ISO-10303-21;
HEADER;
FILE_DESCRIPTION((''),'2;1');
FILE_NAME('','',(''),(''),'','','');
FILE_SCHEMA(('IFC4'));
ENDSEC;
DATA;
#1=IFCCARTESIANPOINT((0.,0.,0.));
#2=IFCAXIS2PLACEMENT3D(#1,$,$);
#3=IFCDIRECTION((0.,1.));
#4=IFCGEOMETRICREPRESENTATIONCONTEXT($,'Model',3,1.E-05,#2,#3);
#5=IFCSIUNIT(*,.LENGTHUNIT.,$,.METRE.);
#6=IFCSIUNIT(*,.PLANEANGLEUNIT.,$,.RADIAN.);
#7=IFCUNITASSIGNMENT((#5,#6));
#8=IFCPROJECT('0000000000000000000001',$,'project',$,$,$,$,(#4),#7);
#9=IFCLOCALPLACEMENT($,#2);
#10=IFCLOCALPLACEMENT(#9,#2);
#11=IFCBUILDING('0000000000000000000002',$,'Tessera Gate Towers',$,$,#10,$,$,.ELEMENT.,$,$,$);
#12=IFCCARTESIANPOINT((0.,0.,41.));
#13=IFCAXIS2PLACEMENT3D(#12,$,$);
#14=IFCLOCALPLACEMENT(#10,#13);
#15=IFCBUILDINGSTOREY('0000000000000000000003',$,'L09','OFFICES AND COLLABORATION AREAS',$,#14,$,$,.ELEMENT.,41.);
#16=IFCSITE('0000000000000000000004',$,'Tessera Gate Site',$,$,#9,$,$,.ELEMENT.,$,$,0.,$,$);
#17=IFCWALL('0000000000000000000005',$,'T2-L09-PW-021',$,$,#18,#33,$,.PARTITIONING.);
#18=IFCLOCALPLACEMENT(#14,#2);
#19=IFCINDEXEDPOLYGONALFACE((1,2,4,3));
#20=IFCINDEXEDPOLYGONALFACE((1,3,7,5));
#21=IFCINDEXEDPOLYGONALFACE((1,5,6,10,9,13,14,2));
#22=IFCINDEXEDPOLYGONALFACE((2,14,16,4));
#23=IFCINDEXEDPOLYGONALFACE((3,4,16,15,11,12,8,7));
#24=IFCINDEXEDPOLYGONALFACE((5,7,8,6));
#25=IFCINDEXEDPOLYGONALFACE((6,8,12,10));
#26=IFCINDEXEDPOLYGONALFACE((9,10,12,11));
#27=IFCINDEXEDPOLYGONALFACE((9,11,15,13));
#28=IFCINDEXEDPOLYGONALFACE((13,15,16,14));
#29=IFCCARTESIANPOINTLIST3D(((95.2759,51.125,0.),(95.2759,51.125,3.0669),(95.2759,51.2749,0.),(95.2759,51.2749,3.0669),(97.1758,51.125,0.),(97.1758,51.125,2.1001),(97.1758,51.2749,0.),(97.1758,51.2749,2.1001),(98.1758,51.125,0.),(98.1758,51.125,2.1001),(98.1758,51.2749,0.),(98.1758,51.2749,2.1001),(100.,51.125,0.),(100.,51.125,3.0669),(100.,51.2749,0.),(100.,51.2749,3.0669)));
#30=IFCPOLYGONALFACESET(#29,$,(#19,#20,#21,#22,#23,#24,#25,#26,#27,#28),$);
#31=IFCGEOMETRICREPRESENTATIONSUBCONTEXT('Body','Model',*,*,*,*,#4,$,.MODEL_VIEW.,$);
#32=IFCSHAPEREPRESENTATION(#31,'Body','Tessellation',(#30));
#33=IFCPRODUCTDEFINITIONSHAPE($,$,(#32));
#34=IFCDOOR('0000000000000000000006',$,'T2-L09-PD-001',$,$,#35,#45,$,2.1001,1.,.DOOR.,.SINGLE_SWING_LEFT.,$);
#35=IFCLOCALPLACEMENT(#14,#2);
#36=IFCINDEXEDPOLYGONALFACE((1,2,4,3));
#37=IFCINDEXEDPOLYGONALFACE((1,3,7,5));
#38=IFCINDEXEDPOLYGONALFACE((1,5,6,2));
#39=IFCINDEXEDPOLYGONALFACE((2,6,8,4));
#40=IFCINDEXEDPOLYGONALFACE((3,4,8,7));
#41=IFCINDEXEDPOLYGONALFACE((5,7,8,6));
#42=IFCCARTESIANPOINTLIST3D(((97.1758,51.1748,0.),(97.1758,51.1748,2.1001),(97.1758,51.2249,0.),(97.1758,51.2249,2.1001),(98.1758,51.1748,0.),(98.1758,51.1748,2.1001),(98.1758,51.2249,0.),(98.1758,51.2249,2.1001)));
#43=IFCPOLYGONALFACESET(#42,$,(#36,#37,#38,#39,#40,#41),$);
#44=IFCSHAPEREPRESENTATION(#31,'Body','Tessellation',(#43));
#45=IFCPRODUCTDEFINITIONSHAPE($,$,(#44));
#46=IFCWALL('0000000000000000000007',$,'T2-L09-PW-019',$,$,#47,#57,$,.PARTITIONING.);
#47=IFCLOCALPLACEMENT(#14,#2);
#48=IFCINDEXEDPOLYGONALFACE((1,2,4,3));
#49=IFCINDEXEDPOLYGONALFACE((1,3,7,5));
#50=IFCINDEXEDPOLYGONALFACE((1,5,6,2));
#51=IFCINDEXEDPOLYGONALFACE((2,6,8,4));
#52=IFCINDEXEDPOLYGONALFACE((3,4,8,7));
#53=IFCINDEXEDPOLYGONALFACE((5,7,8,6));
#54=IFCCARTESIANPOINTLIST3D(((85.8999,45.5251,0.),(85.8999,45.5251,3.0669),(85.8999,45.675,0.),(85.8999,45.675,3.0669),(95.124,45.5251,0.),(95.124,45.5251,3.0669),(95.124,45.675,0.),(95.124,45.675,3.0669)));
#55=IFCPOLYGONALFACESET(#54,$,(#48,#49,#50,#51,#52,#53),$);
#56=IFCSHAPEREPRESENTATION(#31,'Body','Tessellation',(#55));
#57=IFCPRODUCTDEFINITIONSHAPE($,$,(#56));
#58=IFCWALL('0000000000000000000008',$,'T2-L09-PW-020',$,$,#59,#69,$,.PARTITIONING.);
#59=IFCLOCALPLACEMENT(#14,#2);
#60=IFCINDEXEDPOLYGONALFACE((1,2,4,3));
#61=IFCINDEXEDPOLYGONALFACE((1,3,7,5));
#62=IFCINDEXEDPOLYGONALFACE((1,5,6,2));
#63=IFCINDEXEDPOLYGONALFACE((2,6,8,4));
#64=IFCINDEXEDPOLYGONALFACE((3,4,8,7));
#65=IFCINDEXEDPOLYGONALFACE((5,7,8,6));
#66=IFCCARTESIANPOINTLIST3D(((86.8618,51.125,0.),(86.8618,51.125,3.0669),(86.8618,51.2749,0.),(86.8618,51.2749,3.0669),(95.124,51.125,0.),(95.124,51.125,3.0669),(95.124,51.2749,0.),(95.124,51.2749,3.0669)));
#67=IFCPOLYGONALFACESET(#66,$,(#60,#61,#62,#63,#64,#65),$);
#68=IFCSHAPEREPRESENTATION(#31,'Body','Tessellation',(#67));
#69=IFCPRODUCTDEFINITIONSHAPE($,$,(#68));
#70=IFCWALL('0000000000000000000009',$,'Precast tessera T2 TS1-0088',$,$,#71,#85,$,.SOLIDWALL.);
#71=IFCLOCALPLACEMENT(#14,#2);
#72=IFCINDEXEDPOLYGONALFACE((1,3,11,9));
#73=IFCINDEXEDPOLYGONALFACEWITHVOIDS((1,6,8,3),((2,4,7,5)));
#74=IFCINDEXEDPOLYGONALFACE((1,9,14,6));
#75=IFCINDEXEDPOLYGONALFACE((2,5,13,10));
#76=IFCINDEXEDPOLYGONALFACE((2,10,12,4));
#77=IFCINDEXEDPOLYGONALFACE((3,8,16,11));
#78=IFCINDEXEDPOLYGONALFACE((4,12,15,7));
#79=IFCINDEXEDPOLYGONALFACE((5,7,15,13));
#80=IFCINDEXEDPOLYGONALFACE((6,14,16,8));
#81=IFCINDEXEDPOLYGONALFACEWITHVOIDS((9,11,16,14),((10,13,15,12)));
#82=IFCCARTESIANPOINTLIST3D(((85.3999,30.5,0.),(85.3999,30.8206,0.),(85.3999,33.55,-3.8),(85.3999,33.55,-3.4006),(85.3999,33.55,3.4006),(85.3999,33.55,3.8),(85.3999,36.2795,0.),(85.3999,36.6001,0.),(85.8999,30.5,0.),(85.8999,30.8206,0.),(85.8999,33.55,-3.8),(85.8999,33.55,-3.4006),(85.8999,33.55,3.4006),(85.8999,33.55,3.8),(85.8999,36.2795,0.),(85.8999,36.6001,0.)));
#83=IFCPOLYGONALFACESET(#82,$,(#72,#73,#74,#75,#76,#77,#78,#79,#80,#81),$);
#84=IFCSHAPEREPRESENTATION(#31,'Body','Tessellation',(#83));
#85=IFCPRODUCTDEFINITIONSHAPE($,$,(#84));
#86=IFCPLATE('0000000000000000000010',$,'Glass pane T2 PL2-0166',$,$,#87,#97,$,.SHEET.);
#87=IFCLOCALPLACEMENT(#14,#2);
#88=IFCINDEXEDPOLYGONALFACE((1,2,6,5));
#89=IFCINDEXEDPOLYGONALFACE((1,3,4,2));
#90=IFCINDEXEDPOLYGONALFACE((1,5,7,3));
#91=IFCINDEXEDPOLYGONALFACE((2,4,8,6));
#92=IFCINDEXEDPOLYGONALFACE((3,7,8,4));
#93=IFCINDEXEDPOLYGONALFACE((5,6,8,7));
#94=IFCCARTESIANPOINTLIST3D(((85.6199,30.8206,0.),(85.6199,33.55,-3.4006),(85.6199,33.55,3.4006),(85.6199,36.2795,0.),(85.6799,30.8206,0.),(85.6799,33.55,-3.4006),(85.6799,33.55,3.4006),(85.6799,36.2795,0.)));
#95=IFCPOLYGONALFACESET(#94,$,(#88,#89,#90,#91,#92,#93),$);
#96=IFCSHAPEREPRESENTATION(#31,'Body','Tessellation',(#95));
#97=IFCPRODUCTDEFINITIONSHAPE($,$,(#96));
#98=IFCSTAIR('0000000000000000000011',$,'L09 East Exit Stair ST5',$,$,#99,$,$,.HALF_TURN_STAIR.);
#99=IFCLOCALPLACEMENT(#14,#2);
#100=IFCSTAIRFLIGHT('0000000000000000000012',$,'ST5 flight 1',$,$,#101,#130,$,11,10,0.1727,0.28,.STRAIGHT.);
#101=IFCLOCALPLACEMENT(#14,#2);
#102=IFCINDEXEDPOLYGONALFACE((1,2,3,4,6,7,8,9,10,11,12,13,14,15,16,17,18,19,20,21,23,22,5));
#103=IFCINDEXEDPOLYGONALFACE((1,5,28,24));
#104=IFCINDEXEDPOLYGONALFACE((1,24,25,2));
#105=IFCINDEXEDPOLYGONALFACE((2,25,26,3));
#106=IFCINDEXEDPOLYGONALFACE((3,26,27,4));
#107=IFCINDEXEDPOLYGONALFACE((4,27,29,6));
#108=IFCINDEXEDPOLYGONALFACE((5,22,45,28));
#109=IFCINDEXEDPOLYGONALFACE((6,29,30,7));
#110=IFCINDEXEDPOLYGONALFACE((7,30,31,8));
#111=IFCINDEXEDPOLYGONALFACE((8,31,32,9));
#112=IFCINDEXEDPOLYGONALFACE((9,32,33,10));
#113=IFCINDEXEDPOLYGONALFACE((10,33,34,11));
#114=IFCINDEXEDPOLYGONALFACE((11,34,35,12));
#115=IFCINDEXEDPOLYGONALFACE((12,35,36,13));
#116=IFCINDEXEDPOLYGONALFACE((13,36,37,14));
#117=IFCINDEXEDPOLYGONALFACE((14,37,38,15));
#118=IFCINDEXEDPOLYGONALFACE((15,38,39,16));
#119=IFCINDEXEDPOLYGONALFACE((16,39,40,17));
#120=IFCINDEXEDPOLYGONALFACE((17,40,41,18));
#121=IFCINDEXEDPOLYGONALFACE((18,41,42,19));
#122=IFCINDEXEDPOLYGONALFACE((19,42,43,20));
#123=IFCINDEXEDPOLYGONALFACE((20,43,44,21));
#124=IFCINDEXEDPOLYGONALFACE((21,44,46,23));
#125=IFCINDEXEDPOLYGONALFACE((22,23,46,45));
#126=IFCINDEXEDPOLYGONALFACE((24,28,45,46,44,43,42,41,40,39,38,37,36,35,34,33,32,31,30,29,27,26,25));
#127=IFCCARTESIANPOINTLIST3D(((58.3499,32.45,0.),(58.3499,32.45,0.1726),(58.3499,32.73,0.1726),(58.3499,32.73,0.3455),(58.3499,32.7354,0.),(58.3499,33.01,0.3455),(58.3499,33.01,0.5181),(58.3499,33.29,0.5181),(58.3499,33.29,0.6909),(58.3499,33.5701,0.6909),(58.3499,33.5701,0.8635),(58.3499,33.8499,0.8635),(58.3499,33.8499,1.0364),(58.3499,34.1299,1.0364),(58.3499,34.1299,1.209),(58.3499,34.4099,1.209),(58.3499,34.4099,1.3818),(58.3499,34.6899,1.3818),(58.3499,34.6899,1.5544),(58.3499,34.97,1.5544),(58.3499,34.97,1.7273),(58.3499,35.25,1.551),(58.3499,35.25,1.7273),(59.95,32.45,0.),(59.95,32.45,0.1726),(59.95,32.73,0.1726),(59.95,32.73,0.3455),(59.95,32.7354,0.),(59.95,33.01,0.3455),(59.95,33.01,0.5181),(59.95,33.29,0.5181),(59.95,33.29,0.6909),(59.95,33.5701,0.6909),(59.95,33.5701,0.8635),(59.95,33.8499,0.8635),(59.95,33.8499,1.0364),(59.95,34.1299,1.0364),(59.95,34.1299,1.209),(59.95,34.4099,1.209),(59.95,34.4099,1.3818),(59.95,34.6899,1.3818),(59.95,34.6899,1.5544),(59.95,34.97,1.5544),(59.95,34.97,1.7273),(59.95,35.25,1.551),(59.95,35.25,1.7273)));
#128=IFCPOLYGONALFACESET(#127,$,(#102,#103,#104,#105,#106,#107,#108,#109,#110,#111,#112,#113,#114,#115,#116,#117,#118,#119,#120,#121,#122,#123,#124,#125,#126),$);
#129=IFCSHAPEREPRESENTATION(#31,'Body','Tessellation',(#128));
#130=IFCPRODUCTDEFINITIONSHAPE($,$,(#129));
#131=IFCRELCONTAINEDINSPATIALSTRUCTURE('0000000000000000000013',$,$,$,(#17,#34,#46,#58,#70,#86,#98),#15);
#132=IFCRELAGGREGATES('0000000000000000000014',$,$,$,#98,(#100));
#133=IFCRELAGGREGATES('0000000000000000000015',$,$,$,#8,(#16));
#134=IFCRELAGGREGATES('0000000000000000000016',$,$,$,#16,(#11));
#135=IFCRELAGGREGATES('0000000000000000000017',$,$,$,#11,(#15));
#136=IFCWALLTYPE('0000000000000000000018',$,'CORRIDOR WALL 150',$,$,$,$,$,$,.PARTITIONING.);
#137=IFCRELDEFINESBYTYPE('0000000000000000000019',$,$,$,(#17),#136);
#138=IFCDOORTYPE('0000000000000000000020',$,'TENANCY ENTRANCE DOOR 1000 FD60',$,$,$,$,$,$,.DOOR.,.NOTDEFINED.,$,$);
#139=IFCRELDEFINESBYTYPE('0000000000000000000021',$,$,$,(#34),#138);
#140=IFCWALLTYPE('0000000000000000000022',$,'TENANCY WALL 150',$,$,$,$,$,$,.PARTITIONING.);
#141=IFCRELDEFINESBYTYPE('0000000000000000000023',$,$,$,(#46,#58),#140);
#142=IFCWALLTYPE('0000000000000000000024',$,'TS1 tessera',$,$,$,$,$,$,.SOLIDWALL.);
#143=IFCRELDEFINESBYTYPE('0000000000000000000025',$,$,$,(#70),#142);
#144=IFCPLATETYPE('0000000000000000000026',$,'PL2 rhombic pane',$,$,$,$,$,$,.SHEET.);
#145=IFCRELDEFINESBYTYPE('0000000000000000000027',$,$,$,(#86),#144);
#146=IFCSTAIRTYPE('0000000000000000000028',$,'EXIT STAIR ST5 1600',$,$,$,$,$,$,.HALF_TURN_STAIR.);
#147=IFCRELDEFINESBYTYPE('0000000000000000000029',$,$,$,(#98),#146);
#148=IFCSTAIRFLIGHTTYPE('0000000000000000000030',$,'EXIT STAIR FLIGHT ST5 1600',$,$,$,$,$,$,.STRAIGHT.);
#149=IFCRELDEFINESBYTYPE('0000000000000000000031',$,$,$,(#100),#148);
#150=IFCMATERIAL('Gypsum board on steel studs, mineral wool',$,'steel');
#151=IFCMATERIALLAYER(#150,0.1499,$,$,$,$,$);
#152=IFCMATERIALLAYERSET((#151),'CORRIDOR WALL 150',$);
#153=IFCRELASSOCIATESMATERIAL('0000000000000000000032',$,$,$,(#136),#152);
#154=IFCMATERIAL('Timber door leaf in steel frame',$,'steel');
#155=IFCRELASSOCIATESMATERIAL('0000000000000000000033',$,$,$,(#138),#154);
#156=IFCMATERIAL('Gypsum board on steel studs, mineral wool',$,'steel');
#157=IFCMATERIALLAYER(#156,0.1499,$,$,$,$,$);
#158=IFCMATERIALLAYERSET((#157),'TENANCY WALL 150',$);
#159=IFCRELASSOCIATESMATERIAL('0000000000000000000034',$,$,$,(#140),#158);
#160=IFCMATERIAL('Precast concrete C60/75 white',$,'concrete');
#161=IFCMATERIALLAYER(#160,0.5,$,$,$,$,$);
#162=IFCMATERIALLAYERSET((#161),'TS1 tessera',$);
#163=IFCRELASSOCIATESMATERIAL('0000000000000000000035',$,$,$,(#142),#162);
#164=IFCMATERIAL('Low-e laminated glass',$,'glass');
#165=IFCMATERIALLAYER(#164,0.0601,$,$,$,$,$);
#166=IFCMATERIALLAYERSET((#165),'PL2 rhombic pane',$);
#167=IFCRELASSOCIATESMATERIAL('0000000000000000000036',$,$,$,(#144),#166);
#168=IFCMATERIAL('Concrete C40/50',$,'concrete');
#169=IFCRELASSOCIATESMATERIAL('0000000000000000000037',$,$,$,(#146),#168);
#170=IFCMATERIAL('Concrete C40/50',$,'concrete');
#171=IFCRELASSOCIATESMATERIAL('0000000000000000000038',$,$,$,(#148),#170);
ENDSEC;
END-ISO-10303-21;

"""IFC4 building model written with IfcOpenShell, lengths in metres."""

from ifc_helpers import new_model, si_unit, direction, frame, frame_2d, origin, place, context, subcontext, project, spatial, polyline, rectangle, outline, extrude, source, transform, mapped, material, layer, layer_set, type_object, element, fill, aggregate, save


model = new_model("IFC4")

# Units and contexts
model_context = context("Model", 3, precision=1e-05, world=origin(), true_north=direction((0.0, 1.0)))
body_context = subcontext(model_context, "Body", "Model", "MODEL_VIEW")
ifc_project = project(units=[si_unit("LENGTHUNIT", "METRE"), si_unit("PLANEANGLEUNIT", "RADIAN")], contexts=[model_context])

# Site, building, storey
site_placement = place(None, origin())
site = spatial("IfcSite", under=ifc_project, at=site_placement, Name="Tessera Gate Site", CompositionType="ELEMENT", RefElevation=0.0)
building_placement = place(site_placement, origin())
building = spatial("IfcBuilding", under=site, at=building_placement, Name="Tessera Gate Towers", CompositionType="ELEMENT")
storey_placement = place(building_placement, frame((0.0, 0.0, 41.0)))
storey = spatial("IfcBuildingStorey", under=building, at=storey_placement, Name="L09", Description="OFFICES AND COLLABORATION AREAS", CompositionType="ELEMENT", Elevation=41.0)

# Shared definitions
ifc_material_1 = material(Name="Gypsum board on steel studs, mineral wool", Category="steel")
ifc_layer_1 = layer(ifc_material_1, 0.1499)
ifc_layer_set_1 = layer_set([ifc_layer_1], Name="CORRIDOR WALL 150")
wall_type_1 = type_object("IfcWallType", Name="CORRIDOR WALL 150", PredefinedType="PARTITIONING", material=ifc_layer_set_1)

# Shared definitions
shared_shape_1 = source(origin(), body_context, "Body", "SweptSolid", [
    extrude(rectangle(XDim=1.0, YDim=2.1001, at=frame_2d((0.5, 1.05))), frame((0.0, 0.085, 0.0), z_axis=(0.0, -1.0, 0.0), x_axis=(1.0, 0.0, 0.0)), (0.0, 0.0, 1.0), 0.1699),
])
ifc_material_2 = material(Name="Timber door leaf in steel frame", Category="steel")
door_type_1 = type_object("IfcDoorType", Name="TENANCY ENTRANCE DOOR 1000 FD60", OperationType="NOTDEFINED", PredefinedType="DOOR", material=ifc_material_2)
shared_shape_2 = source(origin(), body_context, "Body", "SweptSolid", [
    extrude(rectangle(XDim=1.0, YDim=2.1001, at=frame_2d((0.5, 1.05))), frame((0.0, 0.0249, 0.0), z_axis=(0.0, -1.0, 0.0), x_axis=(1.0, 0.0, 0.0)), (0.0, 0.0, 1.0), 0.05),
])

# Wall, opening, door
wall_1_placement = place(storey_placement, frame((95.2759, 51.2, 0.0), z_axis=(0.0, 0.0, 1.0), x_axis=(1.0, 0.0, 0.0)))
wall_1 = element("IfcWall", 1, at=wall_1_placement, inside=storey, type_object=wall_type_1, Name="T2-L09-PW-021", PredefinedType="PARTITIONING", context=body_context, shape_type="SweptSolid", body=[
    extrude(rectangle(XDim=4.7241, YDim=0.1499, at=frame_2d((2.3621, 0.0))), origin(), (0.0, 0.0, 1.0), 3.0669),
])
opening_1_placement = place(wall_1_placement, frame((1.8999, 0.0, 0.0)))
opening_1 = element("IfcOpeningElement", 2, at=opening_1_placement, cuts=wall_1, PredefinedType="OPENING", context=body_context, shape_type="MappedRepresentation", body=[
    mapped(shared_shape_1, transform((0.0, 0.0, 0.0), scale=1.0)),
])
door_1_placement = place(opening_1_placement, origin())
door_1 = element("IfcDoor", 3, at=door_1_placement, inside=storey, type_object=door_type_1, Name="T2-L09-PD-001", OperationType="SINGLE_SWING_LEFT", OverallHeight=2.1001, OverallWidth=1.0, PredefinedType="DOOR", context=body_context, shape_type="MappedRepresentation", body=[
    mapped(shared_shape_2, transform((0.0, 0.0, 0.0), scale=1.0)),
])
fill(opening_1, door_1)

# Walls
ifc_material_3 = material(Name="Gypsum board on steel studs, mineral wool", Category="steel")
ifc_layer_2 = layer(ifc_material_3, 0.1499)
ifc_layer_set_2 = layer_set([ifc_layer_2], Name="TENANCY WALL 150")
wall_type_2 = type_object("IfcWallType", Name="TENANCY WALL 150", PredefinedType="PARTITIONING", material=ifc_layer_set_2)
wall_2_placement = place(storey_placement, frame((85.8999, 45.6001, 0.0), z_axis=(0.0, 0.0, 1.0), x_axis=(1.0, 0.0, 0.0)))
element("IfcWall", 4, at=wall_2_placement, inside=storey, type_object=wall_type_2, Name="T2-L09-PW-019", PredefinedType="PARTITIONING", context=body_context, shape_type="SweptSolid", body=[
    extrude(rectangle(XDim=9.2241, YDim=0.1499, at=frame_2d((4.6121, 0.0))), origin(), (0.0, 0.0, 1.0), 3.0669),
])
wall_3_placement = place(storey_placement, frame((86.8618, 51.2, 0.0), z_axis=(0.0, 0.0, 1.0), x_axis=(1.0, 0.0, 0.0)))
element("IfcWall", 5, at=wall_3_placement, inside=storey, type_object=wall_type_2, Name="T2-L09-PW-020", PredefinedType="PARTITIONING", context=body_context, shape_type="SweptSolid", body=[
    extrude(rectangle(XDim=8.2622, YDim=0.1499, at=frame_2d((4.1311, 0.0))), origin(), (0.0, 0.0, 1.0), 3.0669),
])

# Wall, opening, plate
ifc_material_4 = material(Name="Precast concrete C60/75 white", Category="concrete")
ifc_layer_3 = layer(ifc_material_4, 0.5)
ifc_layer_set_3 = layer_set([ifc_layer_3], Name="TS1 tessera")
wall_type_3 = type_object("IfcWallType", Name="TS1 tessera", PredefinedType="SOLIDWALL", material=ifc_layer_set_3)
shared_shape_3 = source(origin(), body_context, "Body", "SweptSolid", [
    extrude(outline(polyline([(3.05, 0.0), (6.1001, 3.8), (3.05, 7.6001), (0.0, 3.8), (3.05, 0.0)])), frame((0.0, 0.25, 0.0), z_axis=(0.0, -1.0, 0.0), x_axis=(1.0, 0.0, 0.0)), (0.0, 0.0, 1.0), 0.5),
])
wall_4_placement = place(storey_placement, frame((85.6499, 36.6001, -3.8), z_axis=(0.0, 0.0, 1.0), x_axis=(0.0, -1.0, 0.0)))
wall_4 = element("IfcWall", 6, at=wall_4_placement, inside=storey, type_object=wall_type_3, Name="Precast tessera T2 TS1-0088", PredefinedType="SOLIDWALL", context=body_context, shape_type="MappedRepresentation", body=[
    mapped(shared_shape_3, transform((0.0, 0.0, 0.0), scale=1.0)),
])
shared_shape_4 = source(origin(), body_context, "Body", "SweptSolid", [
    extrude(outline(polyline([(3.05, 0.3994), (5.7795, 3.8), (3.05, 7.2007), (0.3206, 3.8), (3.05, 0.3994)])), frame((0.0, 0.26, 0.0), z_axis=(0.0, -1.0, 0.0), x_axis=(1.0, 0.0, 0.0)), (0.0, 0.0, 1.0), 0.52),
])
opening_2_placement = place(wall_4_placement, origin())
opening_2 = element("IfcOpeningElement", 7, at=opening_2_placement, cuts=wall_4, PredefinedType="OPENING", context=body_context, shape_type="MappedRepresentation", body=[
    mapped(shared_shape_4, transform((0.0, 0.0, 0.0), scale=1.0)),
])
ifc_material_5 = material(Name="Low-e laminated glass", Category="glass")
ifc_layer_4 = layer(ifc_material_5, 0.0601)
ifc_layer_set_4 = layer_set([ifc_layer_4], Name="PL2 rhombic pane")
plate_type = type_object("IfcPlateType", Name="PL2 rhombic pane", PredefinedType="SHEET", material=ifc_layer_set_4)
shared_shape_5 = source(origin(), body_context, "Body", "SweptSolid", [
    extrude(outline(polyline([(3.05, 0.3994), (5.7795, 3.8), (3.05, 7.2007), (0.3206, 3.8), (3.05, 0.3994)])), frame((0.0, 0.03, 0.0), z_axis=(0.0, -1.0, 0.0), x_axis=(1.0, 0.0, 0.0)), (0.0, 0.0, 1.0), 0.0601),
])
plate_placement = place(opening_2_placement, origin())
plate = element("IfcPlate", 8, at=plate_placement, inside=storey, type_object=plate_type, Name="Glass pane T2 PL2-0166", PredefinedType="SHEET", context=body_context, shape_type="MappedRepresentation", body=[
    mapped(shared_shape_5, transform((0.0, 0.0, 0.0), scale=1.0)),
])
fill(opening_2, plate)

# Stair, stair flight
ifc_material_6 = material(Name="Concrete C40/50", Category="concrete")
stair_type = type_object("IfcStairType", Name="EXIT STAIR ST5 1600", PredefinedType="HALF_TURN_STAIR", material=ifc_material_6)
stair_placement = place(storey_placement, origin())
stair = element("IfcStair", 9, at=stair_placement, inside=storey, type_object=stair_type, Name="L09 East Exit Stair ST5", PredefinedType="HALF_TURN_STAIR")
ifc_material_7 = material(Name="Concrete C40/50", Category="concrete")
stair_flight_type = type_object("IfcStairFlightType", Name="EXIT STAIR FLIGHT ST5 1600", PredefinedType="STRAIGHT", material=ifc_material_7)
stair_flight_placement = place(storey_placement, frame((59.1499, 32.45, 0.0), z_axis=(0.0, 0.0, 1.0), x_axis=(0.0, 1.0, 0.0)))
stair_flight = element("IfcStairFlight", 10, at=stair_flight_placement, type_object=stair_flight_type, Name="ST5 flight 1", NumberOfRisers=11, NumberOfTreads=10, PredefinedType="STRAIGHT", RiserHeight=0.1727, TreadLength=0.28, context=body_context, shape_type="SweptSolid", body=[
    extrude(outline(polyline([(0.0, 0.0), (0.0, 0.1726), (0.28, 0.1726), (0.28, 0.3455), (0.5601, 0.3455), (0.5601, 0.5181), (0.8401, 0.5181), (0.8401, 0.6909), (1.1201, 0.6909), (1.1201, 0.8635), (1.3999, 0.8635), (1.3999, 1.0364), (1.6799, 1.0364), (1.6799, 1.209), (1.96, 1.209), (1.96, 1.3818), (2.24, 1.3818), (2.24, 1.5544), (2.52, 1.5544), (2.52, 1.7273), (2.8, 1.7273), (2.8, 1.8999), (2.8, 1.551), (0.2854, 0.0), (0.0, 0.0)])), frame((0.0, 0.8, 0.0), z_axis=(0.0, -1.0, 0.0), x_axis=(1.0, 0.0, 0.0)), (0.0, 0.0, 1.0), 1.6001),
])
aggregate(stair, [stair_flight])

save(model, "model.ifc")
